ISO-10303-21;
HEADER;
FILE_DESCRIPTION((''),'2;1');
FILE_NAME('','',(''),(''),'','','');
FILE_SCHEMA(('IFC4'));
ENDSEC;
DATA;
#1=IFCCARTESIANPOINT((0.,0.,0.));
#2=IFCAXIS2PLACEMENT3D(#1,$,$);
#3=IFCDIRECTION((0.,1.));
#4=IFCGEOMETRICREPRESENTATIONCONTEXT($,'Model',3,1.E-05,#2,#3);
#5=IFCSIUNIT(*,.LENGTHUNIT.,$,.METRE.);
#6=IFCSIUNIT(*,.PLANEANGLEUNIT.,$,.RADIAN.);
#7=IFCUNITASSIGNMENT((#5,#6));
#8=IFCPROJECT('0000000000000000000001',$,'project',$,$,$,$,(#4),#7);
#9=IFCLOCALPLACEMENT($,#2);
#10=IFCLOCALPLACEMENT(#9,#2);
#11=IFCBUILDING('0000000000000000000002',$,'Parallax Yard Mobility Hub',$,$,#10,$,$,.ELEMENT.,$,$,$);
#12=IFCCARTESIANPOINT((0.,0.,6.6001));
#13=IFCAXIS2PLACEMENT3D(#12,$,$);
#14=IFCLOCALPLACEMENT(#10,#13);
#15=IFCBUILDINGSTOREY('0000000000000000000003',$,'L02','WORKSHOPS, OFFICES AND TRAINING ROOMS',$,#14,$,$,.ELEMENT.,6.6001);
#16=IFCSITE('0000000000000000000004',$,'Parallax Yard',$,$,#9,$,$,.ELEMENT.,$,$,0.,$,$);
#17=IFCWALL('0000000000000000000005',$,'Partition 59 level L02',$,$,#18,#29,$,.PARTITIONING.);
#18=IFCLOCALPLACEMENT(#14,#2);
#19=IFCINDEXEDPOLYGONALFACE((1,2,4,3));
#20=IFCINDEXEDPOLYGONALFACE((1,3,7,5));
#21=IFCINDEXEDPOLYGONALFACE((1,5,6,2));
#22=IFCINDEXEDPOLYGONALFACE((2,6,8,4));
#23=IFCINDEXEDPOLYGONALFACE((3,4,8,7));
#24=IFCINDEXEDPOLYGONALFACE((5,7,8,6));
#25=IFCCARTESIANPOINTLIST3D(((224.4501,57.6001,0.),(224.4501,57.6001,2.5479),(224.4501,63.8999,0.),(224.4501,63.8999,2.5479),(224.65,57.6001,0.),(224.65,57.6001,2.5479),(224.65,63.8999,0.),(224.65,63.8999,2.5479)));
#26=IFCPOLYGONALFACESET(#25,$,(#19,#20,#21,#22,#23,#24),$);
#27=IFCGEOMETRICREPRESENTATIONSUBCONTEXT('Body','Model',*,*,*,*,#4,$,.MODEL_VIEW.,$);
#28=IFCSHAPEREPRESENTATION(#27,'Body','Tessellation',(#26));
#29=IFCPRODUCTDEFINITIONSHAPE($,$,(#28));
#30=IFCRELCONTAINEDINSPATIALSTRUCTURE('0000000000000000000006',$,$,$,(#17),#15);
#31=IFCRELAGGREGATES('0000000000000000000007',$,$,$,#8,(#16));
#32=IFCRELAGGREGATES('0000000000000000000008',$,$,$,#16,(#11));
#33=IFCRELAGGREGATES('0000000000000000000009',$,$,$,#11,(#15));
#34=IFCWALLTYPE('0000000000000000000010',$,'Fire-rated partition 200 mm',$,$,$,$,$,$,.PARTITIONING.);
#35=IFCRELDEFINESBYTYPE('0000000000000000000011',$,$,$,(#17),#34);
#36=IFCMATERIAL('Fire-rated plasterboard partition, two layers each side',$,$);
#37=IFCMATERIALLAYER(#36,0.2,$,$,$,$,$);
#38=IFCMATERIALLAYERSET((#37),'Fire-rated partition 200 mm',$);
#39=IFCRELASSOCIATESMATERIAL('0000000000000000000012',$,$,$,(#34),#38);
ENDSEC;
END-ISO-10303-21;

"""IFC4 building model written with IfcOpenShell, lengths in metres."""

from ifc_helpers import new_model, si_unit, direction, frame, frame_2d, origin, place, context, subcontext, project, spatial, rectangle, extrude, material, layer, layer_set, type_object, element, save


model = new_model("IFC4")

# Units and contexts
model_context = context("Model", 3, precision=1e-05, world=origin(), true_north=direction((0.0, 1.0)))
body_context = subcontext(model_context, "Body", "Model", "MODEL_VIEW")
ifc_project = project(units=[si_unit("LENGTHUNIT", "METRE"), si_unit("PLANEANGLEUNIT", "RADIAN")], contexts=[model_context])

# Site, building, storey
site_placement = place(None, origin())
site = spatial("IfcSite", under=ifc_project, at=site_placement, Name="Parallax Yard", CompositionType="ELEMENT", RefElevation=0.0)
building_placement = place(site_placement, origin())
building = spatial("IfcBuilding", under=site, at=building_placement, Name="Parallax Yard Mobility Hub", CompositionType="ELEMENT")
storey_placement = place(building_placement, frame((0.0, 0.0, 6.6001)))
storey = spatial("IfcBuildingStorey", under=building, at=storey_placement, Name="L02", Description="WORKSHOPS, OFFICES AND TRAINING ROOMS", CompositionType="ELEMENT", Elevation=6.6001)

# Shared definitions
ifc_material_1 = material(Name="Fire-rated plasterboard partition, two layers each side")
ifc_layer_1 = layer(ifc_material_1, 0.2)
ifc_layer_set_1 = layer_set([ifc_layer_1], Name="Fire-rated partition 200 mm")
wall_type_1 = type_object("IfcWallType", Name="Fire-rated partition 200 mm", PredefinedType="PARTITIONING", material=ifc_layer_set_1)

# Wall
wall_1_placement = place(storey_placement, frame((224.55, 57.6001, 0.0), z_axis=(0.0, 0.0, 1.0), x_axis=(0.0, 1.0, 0.0)))
element("IfcWall", 1, at=wall_1_placement, inside=storey, type_object=wall_type_1, Name="Partition 59 level L02", PredefinedType="PARTITIONING", context=body_context, shape_type="SweptSolid", body=[
    extrude(rectangle(XDim=6.2998, YDim=0.2, at=frame_2d((3.1499, 0.0))), origin(), (0.0, 0.0, 1.0), 2.5479),
])

save(model, "model.ifc")
